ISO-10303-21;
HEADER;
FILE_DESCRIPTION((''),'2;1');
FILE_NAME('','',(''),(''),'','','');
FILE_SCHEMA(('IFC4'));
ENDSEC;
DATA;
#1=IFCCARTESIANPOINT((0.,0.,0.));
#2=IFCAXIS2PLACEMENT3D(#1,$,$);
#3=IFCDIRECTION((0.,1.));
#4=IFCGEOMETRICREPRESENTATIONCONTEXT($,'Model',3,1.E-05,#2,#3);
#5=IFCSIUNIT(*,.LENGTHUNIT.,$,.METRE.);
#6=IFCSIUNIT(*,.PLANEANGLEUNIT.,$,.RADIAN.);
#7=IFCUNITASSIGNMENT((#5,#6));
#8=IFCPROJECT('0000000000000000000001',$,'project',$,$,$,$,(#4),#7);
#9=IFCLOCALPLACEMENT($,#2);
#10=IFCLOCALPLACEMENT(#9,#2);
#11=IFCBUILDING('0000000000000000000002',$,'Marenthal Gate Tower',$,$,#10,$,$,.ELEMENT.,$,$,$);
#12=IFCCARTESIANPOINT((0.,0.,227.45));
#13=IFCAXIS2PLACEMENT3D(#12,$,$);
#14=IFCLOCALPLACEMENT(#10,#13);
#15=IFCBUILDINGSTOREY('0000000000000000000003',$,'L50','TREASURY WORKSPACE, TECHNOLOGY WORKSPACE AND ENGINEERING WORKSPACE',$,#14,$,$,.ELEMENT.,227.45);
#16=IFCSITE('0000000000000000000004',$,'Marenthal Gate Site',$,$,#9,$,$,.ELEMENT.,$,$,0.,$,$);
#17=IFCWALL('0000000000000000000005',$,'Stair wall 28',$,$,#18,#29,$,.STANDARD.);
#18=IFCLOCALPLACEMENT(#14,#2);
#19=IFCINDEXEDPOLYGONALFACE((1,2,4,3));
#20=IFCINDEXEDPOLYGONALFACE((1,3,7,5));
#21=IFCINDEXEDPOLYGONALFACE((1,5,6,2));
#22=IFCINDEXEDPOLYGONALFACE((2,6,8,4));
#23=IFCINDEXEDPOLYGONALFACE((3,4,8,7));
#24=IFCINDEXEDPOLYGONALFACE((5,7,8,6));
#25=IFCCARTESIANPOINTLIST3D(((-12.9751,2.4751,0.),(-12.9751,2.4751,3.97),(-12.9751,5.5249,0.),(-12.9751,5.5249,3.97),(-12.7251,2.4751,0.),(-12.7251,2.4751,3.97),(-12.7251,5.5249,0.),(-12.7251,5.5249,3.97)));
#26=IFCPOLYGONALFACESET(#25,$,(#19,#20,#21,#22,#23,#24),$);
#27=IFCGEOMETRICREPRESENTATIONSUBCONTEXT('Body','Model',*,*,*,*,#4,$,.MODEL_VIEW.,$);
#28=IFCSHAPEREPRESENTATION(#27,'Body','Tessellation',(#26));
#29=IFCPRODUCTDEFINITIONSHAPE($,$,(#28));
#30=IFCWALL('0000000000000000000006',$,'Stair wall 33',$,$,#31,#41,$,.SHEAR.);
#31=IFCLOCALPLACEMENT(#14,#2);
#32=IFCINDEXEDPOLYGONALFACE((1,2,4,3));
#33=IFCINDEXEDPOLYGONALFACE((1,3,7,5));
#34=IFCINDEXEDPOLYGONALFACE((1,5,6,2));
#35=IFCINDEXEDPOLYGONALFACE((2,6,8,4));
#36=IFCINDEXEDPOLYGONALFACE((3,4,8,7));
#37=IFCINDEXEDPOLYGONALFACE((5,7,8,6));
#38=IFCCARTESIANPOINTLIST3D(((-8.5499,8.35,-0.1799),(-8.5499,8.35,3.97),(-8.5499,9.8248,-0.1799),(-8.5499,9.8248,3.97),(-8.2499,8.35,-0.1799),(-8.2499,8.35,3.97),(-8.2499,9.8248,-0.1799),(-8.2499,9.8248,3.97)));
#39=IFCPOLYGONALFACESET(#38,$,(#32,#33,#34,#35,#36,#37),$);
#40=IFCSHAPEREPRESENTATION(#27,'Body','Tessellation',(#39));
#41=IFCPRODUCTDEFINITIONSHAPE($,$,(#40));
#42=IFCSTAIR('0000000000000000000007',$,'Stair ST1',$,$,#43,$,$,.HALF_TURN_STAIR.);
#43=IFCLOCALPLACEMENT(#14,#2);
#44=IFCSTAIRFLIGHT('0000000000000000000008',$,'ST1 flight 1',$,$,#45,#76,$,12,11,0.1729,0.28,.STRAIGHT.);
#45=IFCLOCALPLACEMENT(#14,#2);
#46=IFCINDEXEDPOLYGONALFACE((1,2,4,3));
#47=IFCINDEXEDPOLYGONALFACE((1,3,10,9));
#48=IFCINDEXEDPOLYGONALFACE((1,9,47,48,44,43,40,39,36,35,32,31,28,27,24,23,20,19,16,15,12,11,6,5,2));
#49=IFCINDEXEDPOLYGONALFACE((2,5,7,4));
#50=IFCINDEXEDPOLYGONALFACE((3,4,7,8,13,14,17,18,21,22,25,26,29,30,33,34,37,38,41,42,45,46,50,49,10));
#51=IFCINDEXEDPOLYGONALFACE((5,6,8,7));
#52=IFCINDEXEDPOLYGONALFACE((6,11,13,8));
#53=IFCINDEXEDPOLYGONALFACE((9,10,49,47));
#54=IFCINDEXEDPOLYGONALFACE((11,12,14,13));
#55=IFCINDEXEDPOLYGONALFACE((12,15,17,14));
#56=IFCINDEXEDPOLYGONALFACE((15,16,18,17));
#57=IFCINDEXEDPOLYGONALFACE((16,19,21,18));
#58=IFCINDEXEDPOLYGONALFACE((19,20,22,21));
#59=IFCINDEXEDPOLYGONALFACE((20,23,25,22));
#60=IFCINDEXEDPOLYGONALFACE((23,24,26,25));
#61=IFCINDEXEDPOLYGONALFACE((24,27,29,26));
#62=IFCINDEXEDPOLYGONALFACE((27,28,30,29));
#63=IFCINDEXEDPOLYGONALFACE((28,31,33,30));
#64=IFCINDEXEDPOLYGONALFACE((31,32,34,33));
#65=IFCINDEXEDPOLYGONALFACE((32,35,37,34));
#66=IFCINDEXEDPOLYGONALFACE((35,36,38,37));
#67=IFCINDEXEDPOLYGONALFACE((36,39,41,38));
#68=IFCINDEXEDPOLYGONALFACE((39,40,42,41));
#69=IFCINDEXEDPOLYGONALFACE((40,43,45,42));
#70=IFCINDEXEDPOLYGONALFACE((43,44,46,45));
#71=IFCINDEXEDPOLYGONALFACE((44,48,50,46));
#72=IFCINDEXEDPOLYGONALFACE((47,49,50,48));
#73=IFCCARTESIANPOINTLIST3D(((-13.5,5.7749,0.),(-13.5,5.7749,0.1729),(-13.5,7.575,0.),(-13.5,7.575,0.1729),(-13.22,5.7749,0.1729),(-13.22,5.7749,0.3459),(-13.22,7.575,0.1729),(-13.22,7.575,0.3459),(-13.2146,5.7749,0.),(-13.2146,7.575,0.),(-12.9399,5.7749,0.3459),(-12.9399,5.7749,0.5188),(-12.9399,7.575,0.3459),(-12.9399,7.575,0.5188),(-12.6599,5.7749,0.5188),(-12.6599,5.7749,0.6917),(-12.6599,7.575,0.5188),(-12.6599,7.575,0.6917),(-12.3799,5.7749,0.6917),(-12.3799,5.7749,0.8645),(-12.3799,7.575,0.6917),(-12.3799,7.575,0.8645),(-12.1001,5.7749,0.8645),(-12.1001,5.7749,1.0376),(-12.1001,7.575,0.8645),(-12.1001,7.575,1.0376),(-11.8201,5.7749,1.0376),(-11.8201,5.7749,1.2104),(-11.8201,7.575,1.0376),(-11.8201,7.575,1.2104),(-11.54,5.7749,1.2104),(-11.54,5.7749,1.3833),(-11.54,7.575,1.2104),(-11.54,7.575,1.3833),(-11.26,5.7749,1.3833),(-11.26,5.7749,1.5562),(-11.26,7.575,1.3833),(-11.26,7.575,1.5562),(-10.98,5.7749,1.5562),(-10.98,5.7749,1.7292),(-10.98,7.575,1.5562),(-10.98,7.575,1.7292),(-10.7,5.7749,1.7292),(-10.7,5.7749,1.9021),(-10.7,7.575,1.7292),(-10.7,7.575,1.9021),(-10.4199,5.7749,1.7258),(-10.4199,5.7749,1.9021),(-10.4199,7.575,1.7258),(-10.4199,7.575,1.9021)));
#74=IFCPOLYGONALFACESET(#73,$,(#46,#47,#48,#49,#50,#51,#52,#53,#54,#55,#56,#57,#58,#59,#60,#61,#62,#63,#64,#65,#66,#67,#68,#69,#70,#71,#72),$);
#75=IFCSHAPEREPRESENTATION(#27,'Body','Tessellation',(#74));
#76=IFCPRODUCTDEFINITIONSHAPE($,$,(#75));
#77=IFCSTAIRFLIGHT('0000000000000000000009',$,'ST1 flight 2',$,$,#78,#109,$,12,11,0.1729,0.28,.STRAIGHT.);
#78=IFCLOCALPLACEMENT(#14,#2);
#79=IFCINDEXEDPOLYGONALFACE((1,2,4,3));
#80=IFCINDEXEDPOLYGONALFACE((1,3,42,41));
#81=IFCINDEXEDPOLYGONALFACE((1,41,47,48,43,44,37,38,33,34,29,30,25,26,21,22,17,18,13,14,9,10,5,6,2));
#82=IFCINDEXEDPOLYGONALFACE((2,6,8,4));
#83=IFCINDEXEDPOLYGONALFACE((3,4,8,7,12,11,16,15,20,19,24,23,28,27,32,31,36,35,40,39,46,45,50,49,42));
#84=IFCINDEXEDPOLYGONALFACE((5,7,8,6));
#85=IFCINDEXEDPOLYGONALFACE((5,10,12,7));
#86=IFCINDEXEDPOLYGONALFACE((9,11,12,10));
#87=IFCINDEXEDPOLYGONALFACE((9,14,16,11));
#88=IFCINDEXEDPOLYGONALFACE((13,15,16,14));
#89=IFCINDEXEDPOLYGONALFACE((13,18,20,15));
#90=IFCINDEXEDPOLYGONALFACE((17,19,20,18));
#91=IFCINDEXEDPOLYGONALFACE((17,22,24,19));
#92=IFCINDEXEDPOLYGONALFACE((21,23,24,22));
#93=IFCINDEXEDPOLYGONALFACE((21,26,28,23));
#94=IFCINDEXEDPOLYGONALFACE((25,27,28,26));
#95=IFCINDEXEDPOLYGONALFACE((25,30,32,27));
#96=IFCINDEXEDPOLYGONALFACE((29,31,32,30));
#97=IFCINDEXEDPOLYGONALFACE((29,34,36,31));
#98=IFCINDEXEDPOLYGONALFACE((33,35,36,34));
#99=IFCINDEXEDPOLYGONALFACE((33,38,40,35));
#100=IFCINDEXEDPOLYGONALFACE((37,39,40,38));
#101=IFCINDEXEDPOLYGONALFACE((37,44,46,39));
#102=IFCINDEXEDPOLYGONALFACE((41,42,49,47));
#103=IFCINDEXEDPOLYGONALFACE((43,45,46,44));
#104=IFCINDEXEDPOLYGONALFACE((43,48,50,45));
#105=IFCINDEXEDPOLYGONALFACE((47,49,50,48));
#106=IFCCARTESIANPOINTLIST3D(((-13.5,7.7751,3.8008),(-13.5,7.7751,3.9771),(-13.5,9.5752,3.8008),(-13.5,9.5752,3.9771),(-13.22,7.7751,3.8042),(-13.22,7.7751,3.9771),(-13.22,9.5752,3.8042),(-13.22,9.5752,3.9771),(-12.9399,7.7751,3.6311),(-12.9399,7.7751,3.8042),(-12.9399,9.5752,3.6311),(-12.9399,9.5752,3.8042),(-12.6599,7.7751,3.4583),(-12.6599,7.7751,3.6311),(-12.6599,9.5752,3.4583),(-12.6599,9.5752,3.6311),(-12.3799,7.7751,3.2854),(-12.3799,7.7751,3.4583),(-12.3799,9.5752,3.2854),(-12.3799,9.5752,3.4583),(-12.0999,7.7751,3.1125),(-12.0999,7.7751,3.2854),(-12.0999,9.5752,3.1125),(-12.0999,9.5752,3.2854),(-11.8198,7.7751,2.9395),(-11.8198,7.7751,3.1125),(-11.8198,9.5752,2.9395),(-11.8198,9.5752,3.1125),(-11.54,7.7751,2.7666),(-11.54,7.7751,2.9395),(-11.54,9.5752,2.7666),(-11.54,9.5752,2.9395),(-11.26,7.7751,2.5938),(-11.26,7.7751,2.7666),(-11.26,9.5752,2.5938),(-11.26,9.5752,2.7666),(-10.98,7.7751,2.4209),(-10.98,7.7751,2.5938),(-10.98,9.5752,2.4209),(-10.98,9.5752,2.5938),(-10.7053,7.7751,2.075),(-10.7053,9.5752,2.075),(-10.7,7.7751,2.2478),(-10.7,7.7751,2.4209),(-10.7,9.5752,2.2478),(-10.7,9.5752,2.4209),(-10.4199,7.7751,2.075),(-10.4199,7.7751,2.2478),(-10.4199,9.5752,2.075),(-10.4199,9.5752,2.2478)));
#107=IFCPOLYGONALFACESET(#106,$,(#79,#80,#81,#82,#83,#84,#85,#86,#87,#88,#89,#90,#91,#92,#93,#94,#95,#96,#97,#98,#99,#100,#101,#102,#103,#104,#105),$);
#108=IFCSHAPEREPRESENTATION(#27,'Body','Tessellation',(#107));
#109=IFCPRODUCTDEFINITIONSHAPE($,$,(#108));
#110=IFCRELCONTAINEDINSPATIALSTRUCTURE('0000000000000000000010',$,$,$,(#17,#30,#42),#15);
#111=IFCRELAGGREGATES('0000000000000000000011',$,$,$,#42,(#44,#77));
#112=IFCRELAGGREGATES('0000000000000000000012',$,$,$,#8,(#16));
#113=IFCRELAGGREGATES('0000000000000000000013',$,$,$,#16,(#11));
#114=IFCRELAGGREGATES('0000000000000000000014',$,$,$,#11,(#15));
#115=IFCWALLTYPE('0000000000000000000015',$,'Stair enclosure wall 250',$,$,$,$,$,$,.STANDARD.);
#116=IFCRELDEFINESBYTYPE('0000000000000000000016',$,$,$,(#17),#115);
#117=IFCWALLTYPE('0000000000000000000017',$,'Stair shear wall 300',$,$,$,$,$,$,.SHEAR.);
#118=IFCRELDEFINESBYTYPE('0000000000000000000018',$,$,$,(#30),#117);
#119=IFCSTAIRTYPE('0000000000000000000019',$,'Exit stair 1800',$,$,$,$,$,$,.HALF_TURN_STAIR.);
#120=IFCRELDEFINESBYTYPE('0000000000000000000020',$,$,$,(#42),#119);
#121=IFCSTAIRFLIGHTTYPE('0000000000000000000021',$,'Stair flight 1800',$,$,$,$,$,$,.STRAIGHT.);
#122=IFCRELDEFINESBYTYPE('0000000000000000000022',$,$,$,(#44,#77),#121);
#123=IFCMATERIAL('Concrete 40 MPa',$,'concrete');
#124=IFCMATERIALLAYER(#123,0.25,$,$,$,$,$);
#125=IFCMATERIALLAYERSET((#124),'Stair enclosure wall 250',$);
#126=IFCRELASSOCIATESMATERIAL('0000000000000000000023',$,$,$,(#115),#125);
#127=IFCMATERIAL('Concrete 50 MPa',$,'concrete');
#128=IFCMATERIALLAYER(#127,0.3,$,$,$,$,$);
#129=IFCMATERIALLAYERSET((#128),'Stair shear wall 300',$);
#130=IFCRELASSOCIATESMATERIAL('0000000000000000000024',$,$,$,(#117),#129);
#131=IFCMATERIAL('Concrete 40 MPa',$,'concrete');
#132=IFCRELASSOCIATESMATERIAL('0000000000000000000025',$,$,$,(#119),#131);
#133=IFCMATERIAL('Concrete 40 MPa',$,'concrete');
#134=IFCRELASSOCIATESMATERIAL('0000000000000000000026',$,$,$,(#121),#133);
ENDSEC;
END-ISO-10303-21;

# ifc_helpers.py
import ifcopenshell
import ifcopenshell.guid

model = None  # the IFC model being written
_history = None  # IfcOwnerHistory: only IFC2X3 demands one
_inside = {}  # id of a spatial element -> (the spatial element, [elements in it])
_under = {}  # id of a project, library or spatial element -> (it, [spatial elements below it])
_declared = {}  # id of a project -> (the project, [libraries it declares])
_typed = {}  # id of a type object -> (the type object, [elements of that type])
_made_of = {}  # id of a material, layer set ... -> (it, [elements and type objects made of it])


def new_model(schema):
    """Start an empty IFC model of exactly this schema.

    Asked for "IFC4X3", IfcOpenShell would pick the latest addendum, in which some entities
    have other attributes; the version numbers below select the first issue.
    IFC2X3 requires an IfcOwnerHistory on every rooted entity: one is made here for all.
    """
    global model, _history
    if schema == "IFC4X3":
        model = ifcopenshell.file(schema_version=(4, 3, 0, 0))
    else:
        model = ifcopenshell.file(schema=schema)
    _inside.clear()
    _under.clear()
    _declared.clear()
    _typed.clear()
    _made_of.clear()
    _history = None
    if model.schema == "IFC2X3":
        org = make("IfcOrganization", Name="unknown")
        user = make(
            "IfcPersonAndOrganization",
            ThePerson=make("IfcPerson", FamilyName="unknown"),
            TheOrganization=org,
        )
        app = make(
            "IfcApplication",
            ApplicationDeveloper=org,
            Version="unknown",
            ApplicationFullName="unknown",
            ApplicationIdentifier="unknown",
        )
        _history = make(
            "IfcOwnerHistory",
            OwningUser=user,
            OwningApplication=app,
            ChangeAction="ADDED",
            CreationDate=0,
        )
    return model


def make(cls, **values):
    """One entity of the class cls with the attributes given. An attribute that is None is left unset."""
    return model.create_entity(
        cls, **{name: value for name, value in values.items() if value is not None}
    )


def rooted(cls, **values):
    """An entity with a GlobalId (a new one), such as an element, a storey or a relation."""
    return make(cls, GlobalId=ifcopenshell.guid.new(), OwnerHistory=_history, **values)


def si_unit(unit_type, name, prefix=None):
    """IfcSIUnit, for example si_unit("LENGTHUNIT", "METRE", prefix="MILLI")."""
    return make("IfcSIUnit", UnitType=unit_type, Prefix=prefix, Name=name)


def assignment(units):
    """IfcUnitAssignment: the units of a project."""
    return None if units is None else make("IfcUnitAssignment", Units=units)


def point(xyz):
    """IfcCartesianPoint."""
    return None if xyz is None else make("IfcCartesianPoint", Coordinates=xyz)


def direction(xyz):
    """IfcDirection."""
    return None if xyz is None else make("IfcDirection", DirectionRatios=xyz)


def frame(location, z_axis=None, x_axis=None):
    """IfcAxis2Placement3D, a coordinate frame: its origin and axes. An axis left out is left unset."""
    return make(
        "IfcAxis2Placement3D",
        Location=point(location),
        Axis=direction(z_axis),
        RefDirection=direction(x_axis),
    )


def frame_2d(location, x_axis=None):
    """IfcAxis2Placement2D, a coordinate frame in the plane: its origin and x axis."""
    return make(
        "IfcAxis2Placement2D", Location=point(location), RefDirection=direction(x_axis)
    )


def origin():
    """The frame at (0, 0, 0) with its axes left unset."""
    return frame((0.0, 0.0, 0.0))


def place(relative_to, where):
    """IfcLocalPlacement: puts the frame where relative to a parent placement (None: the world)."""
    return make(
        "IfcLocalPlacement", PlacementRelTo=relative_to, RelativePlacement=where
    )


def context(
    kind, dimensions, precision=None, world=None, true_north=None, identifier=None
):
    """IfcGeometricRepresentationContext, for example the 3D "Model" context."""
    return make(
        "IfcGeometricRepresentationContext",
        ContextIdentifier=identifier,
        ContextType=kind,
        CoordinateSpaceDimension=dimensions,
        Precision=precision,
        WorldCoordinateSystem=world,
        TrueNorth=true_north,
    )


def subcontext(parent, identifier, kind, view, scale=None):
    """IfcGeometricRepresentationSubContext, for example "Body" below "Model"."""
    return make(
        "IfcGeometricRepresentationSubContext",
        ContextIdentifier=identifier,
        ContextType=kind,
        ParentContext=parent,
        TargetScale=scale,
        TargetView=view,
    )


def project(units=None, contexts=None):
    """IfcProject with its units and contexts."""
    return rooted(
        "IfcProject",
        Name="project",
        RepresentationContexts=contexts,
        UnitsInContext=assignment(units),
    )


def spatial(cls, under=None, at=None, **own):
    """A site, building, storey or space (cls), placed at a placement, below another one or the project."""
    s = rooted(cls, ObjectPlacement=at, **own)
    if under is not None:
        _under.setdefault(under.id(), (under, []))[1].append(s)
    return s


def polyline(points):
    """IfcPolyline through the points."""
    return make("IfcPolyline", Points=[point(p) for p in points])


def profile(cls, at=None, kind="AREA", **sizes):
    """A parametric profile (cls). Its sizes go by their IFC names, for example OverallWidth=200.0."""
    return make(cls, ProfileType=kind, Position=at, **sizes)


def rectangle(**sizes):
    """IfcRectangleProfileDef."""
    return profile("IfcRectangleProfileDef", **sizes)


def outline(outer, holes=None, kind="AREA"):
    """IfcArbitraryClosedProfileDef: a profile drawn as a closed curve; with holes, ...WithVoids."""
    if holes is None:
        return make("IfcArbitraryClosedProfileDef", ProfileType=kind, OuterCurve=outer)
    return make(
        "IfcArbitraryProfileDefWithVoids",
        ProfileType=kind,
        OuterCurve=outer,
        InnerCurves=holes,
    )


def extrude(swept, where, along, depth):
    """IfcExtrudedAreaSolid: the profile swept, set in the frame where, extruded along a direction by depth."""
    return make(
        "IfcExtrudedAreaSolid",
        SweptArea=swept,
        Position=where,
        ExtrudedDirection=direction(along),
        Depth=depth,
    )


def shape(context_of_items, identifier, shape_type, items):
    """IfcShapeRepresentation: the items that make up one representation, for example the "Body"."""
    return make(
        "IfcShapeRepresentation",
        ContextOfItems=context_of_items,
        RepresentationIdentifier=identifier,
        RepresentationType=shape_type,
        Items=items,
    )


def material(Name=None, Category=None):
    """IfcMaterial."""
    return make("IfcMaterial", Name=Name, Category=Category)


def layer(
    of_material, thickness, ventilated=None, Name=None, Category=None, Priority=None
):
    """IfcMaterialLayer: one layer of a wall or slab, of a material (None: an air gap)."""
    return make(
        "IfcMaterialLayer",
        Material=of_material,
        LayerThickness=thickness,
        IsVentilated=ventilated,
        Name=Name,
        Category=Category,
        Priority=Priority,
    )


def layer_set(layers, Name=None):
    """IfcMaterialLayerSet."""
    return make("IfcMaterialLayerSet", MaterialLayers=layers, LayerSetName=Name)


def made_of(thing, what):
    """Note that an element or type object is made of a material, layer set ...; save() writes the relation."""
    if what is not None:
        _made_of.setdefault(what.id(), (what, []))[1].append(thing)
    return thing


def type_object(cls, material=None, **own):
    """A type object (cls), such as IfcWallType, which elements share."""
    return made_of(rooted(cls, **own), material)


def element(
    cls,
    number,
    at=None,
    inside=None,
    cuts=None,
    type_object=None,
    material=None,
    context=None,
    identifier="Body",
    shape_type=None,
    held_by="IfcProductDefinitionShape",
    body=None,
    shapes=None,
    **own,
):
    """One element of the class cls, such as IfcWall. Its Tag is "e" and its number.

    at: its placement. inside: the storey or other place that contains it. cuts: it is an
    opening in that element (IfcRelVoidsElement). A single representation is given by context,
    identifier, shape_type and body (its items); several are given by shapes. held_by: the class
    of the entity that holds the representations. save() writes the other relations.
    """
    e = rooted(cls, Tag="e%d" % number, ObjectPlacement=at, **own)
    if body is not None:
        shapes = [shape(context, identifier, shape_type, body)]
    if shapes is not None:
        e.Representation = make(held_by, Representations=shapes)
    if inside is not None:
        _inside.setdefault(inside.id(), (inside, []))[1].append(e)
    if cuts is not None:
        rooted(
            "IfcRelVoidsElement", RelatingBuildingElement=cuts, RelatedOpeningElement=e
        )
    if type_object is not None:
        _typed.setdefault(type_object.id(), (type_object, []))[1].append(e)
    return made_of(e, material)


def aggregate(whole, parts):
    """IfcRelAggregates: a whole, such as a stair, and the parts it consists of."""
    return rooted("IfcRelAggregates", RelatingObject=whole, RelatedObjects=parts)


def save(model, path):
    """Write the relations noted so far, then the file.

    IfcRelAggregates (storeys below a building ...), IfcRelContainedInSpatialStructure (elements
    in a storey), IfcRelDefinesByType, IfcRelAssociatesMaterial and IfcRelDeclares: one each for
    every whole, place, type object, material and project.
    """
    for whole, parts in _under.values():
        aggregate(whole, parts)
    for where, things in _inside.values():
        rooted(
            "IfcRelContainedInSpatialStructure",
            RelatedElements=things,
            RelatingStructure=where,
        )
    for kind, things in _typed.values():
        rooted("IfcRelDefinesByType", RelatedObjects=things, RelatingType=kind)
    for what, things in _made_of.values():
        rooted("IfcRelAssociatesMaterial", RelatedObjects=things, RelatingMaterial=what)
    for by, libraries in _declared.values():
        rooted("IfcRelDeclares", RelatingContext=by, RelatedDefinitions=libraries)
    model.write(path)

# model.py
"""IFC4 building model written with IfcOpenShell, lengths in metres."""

from ifc_helpers import new_model, si_unit, direction, frame, frame_2d, origin, place, context, subcontext, project, spatial, polyline, rectangle, outline, extrude, material, layer, layer_set, type_object, element, aggregate, save


model = new_model("IFC4")

# Units and contexts
model_context = context("Model", 3, precision=1e-05, world=origin(), true_north=direction((0.0, 1.0)))
body_context = subcontext(model_context, "Body", "Model", "MODEL_VIEW")
ifc_project = project(units=[si_unit("LENGTHUNIT", "METRE"), si_unit("PLANEANGLEUNIT", "RADIAN")], contexts=[model_context])

# Site, building, storey
site_placement = place(None, origin())
site = spatial("IfcSite", under=ifc_project, at=site_placement, Name="Marenthal Gate Site", CompositionType="ELEMENT", RefElevation=0.0)
building_placement = place(site_placement, origin())
building = spatial("IfcBuilding", under=site, at=building_placement, Name="Marenthal Gate Tower", CompositionType="ELEMENT")
storey_placement = place(building_placement, frame((0.0, 0.0, 227.45)))
storey = spatial("IfcBuildingStorey", under=building, at=storey_placement, Name="L50", Description="TREASURY WORKSPACE, TECHNOLOGY WORKSPACE AND ENGINEERING WORKSPACE", CompositionType="ELEMENT", Elevation=227.45)

# Walls
ifc_material_1 = material(Name="Concrete 40 MPa", Category="concrete")
ifc_layer_1 = layer(ifc_material_1, 0.25)
ifc_layer_set_1 = layer_set([ifc_layer_1], Name="Stair enclosure wall 250")
wall_type_1 = type_object("IfcWallType", Name="Stair enclosure wall 250", PredefinedType="STANDARD", material=ifc_layer_set_1)
wall_1_placement = place(storey_placement, frame((-12.8501, 2.4751, 0.0), z_axis=(0.0, 0.0, 1.0), x_axis=(0.0, 1.0, 0.0)))
element("IfcWall", 1, at=wall_1_placement, inside=storey, type_object=wall_type_1, Name="Stair wall 28", PredefinedType="STANDARD", context=body_context, shape_type="SweptSolid", body=[
    extrude(rectangle(XDim=3.0498, YDim=0.25, at=frame_2d((1.5249, 0.0))), origin(), (0.0, 0.0, 1.0), 3.97),
])
ifc_material_2 = material(Name="Concrete 50 MPa", Category="concrete")
ifc_layer_2 = layer(ifc_material_2, 0.3)
ifc_layer_set_2 = layer_set([ifc_layer_2], Name="Stair shear wall 300")
wall_type_2 = type_object("IfcWallType", Name="Stair shear wall 300", PredefinedType="SHEAR", material=ifc_layer_set_2)
wall_2_placement = place(storey_placement, frame((-8.3999, 8.3501, -0.1799), z_axis=(0.0, 0.0, 1.0), x_axis=(0.0, 1.0, 0.0)))
element("IfcWall", 2, at=wall_2_placement, inside=storey, type_object=wall_type_2, Name="Stair wall 33", PredefinedType="SHEAR", context=body_context, shape_type="SweptSolid", body=[
    extrude(rectangle(XDim=1.4749, YDim=0.3, at=frame_2d((0.7373, 0.0))), origin(), (0.0, 0.0, 1.0), 4.1499),
])

# Stair, stair flights
ifc_material_3 = material(Name="Concrete 40 MPa", Category="concrete")
stair_type = type_object("IfcStairType", Name="Exit stair 1800", PredefinedType="HALF_TURN_STAIR", material=ifc_material_3)
stair_placement = place(storey_placement, origin())
stair = element("IfcStair", 3, at=stair_placement, inside=storey, type_object=stair_type, Name="Stair ST1", PredefinedType="HALF_TURN_STAIR")
ifc_material_4 = material(Name="Concrete 40 MPa", Category="concrete")
stair_flight_type = type_object("IfcStairFlightType", Name="Stair flight 1800", PredefinedType="STRAIGHT", material=ifc_material_4)
stair_flight_1_placement = place(storey_placement, frame((-13.5, 6.675, 0.0), z_axis=(0.0, 0.0, 1.0), x_axis=(1.0, 0.0, 0.0)))
stair_flight_1 = element("IfcStairFlight", 4, at=stair_flight_1_placement, type_object=stair_flight_type, Name="ST1 flight 1", NumberOfRisers=12, NumberOfTreads=11, PredefinedType="STRAIGHT", RiserHeight=0.1729, TreadLength=0.28, context=body_context, shape_type="SweptSolid", body=[
    extrude(outline(polyline([(0.0, 0.0), (0.0, 0.1729), (0.28, 0.1729), (0.28, 0.3459), (0.5601, 0.3459), (0.5601, 0.5188), (0.8401, 0.5188), (0.8401, 0.6917), (1.1201, 0.6917), (1.1201, 0.8645), (1.3999, 0.8645), (1.3999, 1.0376), (1.6799, 1.0376), (1.6799, 1.2104), (1.96, 1.2104), (1.96, 1.3833), (2.24, 1.3833), (2.24, 1.5562), (2.52, 1.5562), (2.52, 1.7292), (2.8, 1.7292), (2.8, 1.9021), (3.0801, 1.9021), (3.0801, 2.075), (3.0801, 1.7258), (0.2854, 0.0), (0.0, 0.0)])), frame((0.0, 0.8999, 0.0), z_axis=(0.0, -1.0, 0.0), x_axis=(1.0, 0.0, 0.0)), (0.0, 0.0, 1.0), 1.8),
])
stair_flight_2_placement = place(storey_placement, frame((-10.4199, 8.675, 2.075), z_axis=(0.0, 0.0, 1.0), x_axis=(-1.0, 0.0, 0.0)))
stair_flight_2 = element("IfcStairFlight", 5, at=stair_flight_2_placement, type_object=stair_flight_type, Name="ST1 flight 2", NumberOfRisers=12, NumberOfTreads=11, PredefinedType="STRAIGHT", RiserHeight=0.1729, TreadLength=0.28, context=body_context, shape_type="SweptSolid", body=[
    extrude(outline(polyline([(0.0, 0.0), (0.0, 0.1729), (0.28, 0.1729), (0.28, 0.3459), (0.5601, 0.3459), (0.5601, 0.5188), (0.8401, 0.5188), (0.8401, 0.6917), (1.1201, 0.6917), (1.1201, 0.8645), (1.3999, 0.8645), (1.3999, 1.0376), (1.6799, 1.0376), (1.6799, 1.2104), (1.96, 1.2104), (1.96, 1.3833), (2.24, 1.3833), (2.24, 1.5562), (2.52, 1.5562), (2.52, 1.7292), (2.8, 1.7292), (2.8, 1.9021), (3.0801, 1.9021), (3.0801, 2.075), (3.0801, 1.7258), (0.2854, 0.0), (0.0, 0.0)])), frame((0.0, 0.8999, 0.0), z_axis=(0.0, -1.0, 0.0), x_axis=(1.0, 0.0, 0.0)), (0.0, 0.0, 1.0), 1.8),
])
aggregate(stair, [stair_flight_1, stair_flight_2])

save(model, "model.ifc")
